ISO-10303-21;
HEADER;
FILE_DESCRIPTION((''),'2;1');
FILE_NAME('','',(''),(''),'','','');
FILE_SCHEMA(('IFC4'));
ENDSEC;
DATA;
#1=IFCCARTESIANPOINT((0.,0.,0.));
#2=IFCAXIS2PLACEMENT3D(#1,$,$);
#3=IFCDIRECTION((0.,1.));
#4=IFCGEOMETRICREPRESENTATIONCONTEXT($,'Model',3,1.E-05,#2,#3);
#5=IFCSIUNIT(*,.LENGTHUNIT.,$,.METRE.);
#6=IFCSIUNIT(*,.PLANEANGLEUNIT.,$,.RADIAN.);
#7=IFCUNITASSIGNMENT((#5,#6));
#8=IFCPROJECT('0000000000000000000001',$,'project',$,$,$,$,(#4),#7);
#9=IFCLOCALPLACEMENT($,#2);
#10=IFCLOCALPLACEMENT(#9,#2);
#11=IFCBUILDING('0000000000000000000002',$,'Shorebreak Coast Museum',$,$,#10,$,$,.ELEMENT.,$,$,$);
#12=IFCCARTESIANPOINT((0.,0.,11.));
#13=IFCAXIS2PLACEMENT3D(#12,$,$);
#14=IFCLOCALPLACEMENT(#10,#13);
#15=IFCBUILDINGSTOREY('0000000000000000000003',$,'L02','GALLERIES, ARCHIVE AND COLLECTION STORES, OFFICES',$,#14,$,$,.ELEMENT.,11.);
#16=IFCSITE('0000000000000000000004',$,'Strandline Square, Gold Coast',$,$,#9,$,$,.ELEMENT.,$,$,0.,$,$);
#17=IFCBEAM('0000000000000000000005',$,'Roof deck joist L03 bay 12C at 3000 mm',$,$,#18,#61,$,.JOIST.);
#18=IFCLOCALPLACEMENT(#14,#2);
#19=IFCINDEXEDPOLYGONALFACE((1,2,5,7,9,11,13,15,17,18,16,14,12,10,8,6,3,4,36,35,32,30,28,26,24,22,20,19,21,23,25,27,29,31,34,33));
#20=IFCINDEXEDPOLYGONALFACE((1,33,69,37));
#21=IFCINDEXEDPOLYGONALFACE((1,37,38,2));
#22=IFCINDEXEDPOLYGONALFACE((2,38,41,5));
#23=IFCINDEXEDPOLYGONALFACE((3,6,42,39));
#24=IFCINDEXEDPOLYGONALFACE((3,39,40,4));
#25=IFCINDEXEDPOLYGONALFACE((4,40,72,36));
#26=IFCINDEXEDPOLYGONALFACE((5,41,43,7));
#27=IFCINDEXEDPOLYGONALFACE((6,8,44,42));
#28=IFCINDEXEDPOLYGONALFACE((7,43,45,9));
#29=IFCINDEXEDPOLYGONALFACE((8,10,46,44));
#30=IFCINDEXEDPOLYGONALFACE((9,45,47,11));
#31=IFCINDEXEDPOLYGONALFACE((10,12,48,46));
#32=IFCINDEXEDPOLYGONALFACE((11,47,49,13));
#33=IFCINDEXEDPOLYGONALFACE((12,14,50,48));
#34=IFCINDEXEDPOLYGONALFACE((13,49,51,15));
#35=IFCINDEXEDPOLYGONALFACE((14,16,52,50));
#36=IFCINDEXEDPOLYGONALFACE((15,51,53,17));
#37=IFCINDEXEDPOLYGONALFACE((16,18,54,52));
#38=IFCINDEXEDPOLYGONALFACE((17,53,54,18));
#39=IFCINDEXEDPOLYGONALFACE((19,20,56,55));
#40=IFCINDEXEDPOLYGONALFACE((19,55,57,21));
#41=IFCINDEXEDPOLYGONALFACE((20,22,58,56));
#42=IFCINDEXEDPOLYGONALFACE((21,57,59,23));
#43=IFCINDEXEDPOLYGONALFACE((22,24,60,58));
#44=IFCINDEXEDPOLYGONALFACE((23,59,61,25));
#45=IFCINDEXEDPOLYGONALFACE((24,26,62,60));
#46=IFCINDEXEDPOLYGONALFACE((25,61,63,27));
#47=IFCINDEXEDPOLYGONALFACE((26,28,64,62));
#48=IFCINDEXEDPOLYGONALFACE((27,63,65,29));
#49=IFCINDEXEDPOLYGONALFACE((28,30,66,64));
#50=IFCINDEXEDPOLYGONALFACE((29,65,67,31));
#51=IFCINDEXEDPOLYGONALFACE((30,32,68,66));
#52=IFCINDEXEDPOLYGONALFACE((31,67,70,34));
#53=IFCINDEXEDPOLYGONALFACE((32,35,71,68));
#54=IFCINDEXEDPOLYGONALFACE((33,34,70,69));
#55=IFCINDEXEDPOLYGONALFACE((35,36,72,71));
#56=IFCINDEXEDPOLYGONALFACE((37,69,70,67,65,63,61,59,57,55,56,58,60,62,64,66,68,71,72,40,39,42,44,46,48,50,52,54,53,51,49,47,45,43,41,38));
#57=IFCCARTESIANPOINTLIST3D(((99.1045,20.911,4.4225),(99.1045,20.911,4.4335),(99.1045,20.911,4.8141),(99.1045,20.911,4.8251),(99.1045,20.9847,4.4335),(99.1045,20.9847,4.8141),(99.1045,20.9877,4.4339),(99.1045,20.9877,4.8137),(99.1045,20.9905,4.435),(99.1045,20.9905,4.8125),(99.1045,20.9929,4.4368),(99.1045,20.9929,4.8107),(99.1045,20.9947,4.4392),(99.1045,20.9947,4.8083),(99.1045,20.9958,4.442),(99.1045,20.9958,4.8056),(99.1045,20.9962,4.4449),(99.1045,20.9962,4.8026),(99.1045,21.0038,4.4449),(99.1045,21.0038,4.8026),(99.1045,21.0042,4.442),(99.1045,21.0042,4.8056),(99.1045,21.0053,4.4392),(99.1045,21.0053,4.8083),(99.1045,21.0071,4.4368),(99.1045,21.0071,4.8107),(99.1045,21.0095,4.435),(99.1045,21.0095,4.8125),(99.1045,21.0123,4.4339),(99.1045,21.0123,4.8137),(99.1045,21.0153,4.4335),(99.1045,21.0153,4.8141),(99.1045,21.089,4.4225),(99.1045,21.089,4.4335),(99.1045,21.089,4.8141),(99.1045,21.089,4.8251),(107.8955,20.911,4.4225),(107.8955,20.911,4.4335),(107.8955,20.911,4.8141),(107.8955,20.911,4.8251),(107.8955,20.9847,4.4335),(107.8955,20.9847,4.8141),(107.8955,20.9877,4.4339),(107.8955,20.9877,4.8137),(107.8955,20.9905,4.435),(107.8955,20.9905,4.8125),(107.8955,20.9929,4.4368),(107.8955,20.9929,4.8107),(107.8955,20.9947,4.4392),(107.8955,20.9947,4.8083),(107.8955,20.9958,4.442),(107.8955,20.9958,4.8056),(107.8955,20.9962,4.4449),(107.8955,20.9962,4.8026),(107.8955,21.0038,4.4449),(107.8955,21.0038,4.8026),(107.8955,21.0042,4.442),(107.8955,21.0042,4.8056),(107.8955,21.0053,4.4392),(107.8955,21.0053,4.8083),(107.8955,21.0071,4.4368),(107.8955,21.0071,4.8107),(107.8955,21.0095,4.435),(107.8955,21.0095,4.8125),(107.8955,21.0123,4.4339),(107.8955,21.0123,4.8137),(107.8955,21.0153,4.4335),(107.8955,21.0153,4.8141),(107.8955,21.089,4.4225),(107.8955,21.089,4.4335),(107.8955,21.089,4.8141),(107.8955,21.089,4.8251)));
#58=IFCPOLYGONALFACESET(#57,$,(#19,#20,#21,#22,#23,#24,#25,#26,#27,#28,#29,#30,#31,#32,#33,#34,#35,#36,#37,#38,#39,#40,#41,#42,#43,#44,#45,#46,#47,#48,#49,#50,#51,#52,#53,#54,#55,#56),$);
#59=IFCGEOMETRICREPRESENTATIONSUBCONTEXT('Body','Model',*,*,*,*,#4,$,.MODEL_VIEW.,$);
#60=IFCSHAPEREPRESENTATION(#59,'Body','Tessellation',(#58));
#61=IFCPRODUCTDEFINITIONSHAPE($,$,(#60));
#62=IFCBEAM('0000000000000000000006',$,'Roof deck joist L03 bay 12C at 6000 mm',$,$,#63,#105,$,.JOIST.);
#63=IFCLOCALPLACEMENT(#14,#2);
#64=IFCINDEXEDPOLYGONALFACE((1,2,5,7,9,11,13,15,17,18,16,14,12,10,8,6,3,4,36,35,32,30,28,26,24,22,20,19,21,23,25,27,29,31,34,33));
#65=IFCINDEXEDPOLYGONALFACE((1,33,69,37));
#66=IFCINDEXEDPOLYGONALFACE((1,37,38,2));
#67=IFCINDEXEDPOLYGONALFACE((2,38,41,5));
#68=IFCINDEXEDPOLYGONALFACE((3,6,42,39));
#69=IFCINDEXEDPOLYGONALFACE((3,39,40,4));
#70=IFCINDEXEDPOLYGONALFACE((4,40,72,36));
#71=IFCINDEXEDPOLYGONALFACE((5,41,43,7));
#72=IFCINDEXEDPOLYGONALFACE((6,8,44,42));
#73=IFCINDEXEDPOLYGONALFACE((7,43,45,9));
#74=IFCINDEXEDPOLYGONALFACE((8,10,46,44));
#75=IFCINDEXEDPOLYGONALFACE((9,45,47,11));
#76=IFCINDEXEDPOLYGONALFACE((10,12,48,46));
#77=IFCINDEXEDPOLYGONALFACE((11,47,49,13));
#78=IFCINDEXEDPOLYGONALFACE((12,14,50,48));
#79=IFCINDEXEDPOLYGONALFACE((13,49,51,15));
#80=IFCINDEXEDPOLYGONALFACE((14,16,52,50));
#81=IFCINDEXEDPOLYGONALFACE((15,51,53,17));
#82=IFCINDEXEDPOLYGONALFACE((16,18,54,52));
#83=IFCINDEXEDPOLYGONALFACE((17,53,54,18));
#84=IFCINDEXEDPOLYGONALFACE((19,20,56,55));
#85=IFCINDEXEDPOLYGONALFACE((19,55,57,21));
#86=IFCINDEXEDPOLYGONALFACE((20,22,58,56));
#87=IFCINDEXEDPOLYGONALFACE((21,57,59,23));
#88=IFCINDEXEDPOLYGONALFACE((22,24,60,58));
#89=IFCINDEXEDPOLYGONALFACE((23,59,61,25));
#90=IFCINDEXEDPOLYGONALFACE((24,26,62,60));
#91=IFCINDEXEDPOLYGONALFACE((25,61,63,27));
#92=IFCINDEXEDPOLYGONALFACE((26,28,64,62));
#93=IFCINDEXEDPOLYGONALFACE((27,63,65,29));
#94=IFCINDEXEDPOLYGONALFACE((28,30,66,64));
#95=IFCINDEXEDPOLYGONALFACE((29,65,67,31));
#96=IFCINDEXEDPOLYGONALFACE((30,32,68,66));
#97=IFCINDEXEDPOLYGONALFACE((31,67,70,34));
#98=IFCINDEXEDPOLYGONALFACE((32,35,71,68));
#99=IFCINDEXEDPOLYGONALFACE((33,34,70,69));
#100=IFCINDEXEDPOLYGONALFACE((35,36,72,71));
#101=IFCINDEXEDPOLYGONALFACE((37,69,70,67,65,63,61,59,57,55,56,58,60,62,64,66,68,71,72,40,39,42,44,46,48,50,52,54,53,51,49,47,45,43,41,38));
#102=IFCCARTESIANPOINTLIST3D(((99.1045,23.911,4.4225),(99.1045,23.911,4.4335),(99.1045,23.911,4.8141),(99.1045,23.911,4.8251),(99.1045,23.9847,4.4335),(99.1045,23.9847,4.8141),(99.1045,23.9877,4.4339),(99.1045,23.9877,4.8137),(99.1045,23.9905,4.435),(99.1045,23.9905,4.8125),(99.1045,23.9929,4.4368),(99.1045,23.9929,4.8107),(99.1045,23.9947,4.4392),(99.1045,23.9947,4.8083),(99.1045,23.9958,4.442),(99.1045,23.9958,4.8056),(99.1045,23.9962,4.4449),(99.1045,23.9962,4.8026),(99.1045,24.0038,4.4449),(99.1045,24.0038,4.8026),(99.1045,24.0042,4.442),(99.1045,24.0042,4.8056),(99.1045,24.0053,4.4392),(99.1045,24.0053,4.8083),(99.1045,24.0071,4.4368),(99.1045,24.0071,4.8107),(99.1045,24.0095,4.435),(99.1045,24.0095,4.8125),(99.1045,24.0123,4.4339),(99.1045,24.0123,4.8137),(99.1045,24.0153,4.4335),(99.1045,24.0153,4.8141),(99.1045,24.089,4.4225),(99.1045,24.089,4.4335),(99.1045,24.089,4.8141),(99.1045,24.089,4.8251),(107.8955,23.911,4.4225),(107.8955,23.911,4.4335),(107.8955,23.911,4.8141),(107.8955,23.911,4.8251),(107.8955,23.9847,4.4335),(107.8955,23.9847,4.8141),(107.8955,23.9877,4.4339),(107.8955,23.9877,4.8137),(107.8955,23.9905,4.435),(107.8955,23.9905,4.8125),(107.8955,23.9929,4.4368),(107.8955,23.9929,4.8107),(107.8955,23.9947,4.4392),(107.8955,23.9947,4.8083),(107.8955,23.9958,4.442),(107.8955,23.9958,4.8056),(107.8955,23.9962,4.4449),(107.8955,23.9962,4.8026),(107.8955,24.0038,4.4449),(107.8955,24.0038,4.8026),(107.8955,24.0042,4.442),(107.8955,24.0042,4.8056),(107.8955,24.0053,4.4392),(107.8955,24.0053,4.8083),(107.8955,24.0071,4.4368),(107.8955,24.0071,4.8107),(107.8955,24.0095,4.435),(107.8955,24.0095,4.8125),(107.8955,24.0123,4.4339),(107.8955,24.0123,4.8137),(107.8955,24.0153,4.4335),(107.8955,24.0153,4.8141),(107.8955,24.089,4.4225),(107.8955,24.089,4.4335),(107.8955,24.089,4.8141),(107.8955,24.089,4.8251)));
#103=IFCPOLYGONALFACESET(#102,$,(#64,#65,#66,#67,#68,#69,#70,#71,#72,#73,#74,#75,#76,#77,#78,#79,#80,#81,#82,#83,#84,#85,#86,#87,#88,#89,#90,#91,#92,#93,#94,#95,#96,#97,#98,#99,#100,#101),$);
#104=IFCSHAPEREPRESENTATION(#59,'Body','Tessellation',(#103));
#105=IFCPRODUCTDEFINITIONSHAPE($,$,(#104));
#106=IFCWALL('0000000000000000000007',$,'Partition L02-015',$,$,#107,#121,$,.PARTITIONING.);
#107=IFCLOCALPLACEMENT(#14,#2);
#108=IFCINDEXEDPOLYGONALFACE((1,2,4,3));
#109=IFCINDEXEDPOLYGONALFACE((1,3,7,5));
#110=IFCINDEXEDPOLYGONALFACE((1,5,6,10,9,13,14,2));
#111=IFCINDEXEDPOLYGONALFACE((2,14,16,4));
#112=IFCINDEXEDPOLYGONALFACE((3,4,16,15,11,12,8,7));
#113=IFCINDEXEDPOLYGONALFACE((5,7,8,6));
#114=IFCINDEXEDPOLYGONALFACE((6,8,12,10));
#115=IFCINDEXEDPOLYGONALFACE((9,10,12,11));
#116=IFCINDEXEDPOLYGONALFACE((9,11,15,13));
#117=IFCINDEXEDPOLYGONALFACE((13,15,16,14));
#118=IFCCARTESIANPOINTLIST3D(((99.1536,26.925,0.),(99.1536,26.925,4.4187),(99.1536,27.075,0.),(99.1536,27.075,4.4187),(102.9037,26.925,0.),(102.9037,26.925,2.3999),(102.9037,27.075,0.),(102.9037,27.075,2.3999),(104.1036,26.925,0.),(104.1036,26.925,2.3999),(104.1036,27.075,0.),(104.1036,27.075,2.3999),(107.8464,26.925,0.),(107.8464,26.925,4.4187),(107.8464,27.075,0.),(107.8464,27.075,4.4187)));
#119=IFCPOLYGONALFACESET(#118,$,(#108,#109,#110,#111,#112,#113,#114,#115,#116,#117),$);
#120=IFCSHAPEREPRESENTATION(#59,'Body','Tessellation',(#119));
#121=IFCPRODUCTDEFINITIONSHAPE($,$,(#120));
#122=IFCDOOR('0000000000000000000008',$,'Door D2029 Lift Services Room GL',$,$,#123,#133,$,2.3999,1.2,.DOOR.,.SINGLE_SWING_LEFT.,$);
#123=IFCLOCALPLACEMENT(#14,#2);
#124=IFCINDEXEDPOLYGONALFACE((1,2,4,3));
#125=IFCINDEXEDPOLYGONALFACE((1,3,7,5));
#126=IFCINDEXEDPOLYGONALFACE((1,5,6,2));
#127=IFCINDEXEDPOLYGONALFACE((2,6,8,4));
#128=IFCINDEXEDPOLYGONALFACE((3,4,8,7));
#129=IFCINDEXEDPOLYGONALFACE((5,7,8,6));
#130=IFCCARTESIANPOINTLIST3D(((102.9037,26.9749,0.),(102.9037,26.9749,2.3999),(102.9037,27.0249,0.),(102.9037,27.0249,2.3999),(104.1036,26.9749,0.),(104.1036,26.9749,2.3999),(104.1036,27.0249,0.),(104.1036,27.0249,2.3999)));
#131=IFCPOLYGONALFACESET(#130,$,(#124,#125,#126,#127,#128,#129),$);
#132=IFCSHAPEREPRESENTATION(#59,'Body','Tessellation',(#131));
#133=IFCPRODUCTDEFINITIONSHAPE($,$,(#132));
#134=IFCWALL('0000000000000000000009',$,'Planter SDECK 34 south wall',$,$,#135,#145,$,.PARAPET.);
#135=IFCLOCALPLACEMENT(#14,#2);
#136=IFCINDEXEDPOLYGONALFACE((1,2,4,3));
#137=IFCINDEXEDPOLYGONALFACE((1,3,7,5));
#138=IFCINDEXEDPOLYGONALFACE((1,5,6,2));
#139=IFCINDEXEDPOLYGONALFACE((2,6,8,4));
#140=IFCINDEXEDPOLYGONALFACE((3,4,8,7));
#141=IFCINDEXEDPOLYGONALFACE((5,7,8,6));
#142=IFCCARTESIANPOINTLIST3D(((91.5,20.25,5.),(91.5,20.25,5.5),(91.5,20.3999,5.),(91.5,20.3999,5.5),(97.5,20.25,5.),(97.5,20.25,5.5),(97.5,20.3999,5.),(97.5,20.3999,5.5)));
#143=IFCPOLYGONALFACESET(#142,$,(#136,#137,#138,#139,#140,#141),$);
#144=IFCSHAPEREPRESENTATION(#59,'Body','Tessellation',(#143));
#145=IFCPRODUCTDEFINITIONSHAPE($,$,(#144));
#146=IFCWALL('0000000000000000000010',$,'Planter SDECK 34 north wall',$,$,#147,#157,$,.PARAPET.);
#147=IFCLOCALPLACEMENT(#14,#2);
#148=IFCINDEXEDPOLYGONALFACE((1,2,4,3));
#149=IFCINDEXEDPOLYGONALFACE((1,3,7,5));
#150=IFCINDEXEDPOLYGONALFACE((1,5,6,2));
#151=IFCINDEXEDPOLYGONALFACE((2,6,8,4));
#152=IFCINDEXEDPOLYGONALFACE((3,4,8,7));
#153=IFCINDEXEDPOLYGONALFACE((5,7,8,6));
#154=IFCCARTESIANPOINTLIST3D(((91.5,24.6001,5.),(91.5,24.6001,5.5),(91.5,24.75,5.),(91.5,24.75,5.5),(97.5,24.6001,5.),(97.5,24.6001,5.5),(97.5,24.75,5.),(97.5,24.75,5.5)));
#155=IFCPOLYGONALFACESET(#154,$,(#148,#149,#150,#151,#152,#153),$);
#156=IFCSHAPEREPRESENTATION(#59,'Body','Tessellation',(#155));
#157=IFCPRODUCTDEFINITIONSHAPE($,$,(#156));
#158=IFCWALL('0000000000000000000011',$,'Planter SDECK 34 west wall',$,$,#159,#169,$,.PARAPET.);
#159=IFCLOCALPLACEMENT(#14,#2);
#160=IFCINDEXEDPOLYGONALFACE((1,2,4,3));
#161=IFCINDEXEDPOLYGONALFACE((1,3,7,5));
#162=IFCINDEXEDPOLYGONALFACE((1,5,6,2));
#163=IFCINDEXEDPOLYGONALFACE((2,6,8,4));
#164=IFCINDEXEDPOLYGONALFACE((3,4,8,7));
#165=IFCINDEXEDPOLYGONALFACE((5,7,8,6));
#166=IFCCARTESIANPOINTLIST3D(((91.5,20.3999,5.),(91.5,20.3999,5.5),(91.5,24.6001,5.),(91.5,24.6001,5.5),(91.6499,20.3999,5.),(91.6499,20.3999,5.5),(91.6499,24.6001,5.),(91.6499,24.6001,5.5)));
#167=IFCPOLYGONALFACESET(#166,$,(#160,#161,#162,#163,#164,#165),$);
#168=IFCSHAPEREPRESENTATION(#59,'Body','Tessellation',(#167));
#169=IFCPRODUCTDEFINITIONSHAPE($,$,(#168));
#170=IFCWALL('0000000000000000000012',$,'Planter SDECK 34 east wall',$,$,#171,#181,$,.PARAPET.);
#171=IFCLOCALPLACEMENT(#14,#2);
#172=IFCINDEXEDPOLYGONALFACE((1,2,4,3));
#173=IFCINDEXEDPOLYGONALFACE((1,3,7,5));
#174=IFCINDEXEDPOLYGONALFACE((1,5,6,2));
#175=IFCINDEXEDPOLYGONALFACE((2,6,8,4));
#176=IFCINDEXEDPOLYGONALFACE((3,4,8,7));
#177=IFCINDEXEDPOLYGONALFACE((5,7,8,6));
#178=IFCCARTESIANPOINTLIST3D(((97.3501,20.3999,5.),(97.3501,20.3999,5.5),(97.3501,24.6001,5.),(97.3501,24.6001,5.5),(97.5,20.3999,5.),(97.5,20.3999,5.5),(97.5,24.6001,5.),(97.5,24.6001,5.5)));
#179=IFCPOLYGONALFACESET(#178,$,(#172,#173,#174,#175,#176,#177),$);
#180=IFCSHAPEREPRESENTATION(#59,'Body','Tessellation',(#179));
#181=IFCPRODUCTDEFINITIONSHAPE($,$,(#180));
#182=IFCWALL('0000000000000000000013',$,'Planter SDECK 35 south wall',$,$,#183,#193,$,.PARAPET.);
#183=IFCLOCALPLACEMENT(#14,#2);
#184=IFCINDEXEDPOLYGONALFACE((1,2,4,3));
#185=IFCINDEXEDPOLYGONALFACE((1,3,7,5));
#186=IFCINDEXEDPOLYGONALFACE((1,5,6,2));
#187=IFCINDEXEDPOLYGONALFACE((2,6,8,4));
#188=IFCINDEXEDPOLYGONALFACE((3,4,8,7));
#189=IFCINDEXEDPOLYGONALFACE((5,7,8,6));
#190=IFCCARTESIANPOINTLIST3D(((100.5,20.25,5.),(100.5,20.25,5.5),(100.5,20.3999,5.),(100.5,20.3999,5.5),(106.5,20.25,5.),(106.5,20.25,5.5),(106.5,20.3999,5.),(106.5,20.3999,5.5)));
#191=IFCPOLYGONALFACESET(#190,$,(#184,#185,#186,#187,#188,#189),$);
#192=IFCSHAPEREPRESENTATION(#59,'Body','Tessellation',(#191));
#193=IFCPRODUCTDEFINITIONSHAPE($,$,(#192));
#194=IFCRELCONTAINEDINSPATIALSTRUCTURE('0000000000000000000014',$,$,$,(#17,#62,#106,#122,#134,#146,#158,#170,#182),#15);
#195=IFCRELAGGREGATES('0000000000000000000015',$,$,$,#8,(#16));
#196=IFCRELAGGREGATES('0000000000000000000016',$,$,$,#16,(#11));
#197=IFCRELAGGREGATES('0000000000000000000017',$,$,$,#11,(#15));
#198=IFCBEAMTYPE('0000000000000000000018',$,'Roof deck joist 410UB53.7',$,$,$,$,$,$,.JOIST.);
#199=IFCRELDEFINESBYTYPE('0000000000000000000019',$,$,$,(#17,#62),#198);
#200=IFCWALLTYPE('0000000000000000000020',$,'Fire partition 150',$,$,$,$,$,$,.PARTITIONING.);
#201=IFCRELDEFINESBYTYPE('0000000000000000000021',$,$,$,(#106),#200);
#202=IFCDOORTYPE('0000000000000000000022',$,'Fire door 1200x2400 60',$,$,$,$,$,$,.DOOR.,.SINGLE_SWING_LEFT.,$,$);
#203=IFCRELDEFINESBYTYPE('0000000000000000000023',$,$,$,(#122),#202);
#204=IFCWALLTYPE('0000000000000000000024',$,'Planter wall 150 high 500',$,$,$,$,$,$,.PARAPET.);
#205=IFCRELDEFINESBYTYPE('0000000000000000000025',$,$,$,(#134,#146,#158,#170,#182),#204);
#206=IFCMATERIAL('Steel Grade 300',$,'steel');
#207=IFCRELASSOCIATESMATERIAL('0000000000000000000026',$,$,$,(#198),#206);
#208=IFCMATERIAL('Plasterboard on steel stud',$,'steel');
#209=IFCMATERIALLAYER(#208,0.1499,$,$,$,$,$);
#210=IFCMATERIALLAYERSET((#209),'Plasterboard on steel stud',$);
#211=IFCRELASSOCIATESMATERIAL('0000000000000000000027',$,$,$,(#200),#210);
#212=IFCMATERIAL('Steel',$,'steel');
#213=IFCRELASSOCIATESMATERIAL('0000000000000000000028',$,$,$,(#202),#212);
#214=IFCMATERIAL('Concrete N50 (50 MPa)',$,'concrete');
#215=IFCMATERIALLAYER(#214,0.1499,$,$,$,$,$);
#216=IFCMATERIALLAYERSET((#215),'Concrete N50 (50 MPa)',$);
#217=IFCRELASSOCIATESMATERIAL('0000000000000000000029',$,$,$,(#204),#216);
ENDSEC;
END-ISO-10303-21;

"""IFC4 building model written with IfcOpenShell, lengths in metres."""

from ifc_helpers import new_model, si_unit, direction, frame, frame_2d, origin, origin_2d, place, context, subcontext, project, spatial, rectangle, i_section, extrude, material, layer, layer_set, material_profile, profile_set, type_object, element, fill, save


model = new_model("IFC4")

# Units and contexts
model_context = context("Model", 3, precision=1e-05, world=origin(), true_north=direction((0.0, 1.0)))
body_context = subcontext(model_context, "Body", "Model", "MODEL_VIEW")
ifc_project = project(units=[si_unit("LENGTHUNIT", "METRE"), si_unit("PLANEANGLEUNIT", "RADIAN")], contexts=[model_context])

# Site, building, storey
site_placement = place(None, origin())
site = spatial("IfcSite", under=ifc_project, at=site_placement, Name="Strandline Square, Gold Coast", CompositionType="ELEMENT", RefElevation=0.0)
building_placement = place(site_placement, origin())
building = spatial("IfcBuilding", under=site, at=building_placement, Name="Shorebreak Coast Museum", CompositionType="ELEMENT")
storey_placement = place(building_placement, frame((0.0, 0.0, 11.0)))
storey = spatial("IfcBuildingStorey", under=building, at=storey_placement, Name="L02", Description="GALLERIES, ARCHIVE AND COLLECTION STORES, OFFICES", CompositionType="ELEMENT", Elevation=11.0)

# Beams
ifc_material_1 = material(Name="Steel Grade 300", Category="steel")
ifc_material_profile_1 = material_profile(ifc_material_1, i_section(OverallWidth=0.178, OverallDepth=0.4026, WebThickness=0.0076, FlangeThickness=0.011, FilletRadius=0.0115, at=origin_2d()), Name="410UB53.7")
ifc_profile_set_1 = profile_set([ifc_material_profile_1], Name="Steel Grade 300")
beam_type_1 = type_object("IfcBeamType", Name="Roof deck joist 410UB53.7", PredefinedType="JOIST", material=ifc_profile_set_1)
for number, where, z_axis, x_axis, name in (
    (1, (99.1045, 21.0, 4.6238), (1.0, 0.0, 0.0), (0.0, 1.0, 0.0), "Roof deck joist L03 bay 12C at 3000 mm"),
    (2, (99.1045, 24.0, 4.6238), (1.0, 0.0, 0.0), (0.0, 1.0, 0.0), "Roof deck joist L03 bay 12C at 6000 mm"),
):
    element("IfcBeam", number, at=place(storey_placement, frame(where, z_axis=z_axis, x_axis=x_axis)), inside=storey, type_object=beam_type_1, Name=name, PredefinedType="JOIST", context=body_context, shape_type="SweptSolid", body=[
        extrude(i_section(OverallWidth=0.178, OverallDepth=0.4026, WebThickness=0.0076, FlangeThickness=0.011, FilletRadius=0.0115, at=origin_2d()), origin(), (0.0, 0.0, 1.0), 8.791),
    ])

# Wall, opening, door
ifc_material_2 = material(Name="Plasterboard on steel stud", Category="steel")
ifc_layer_1 = layer(ifc_material_2, 0.1499)
ifc_layer_set_1 = layer_set([ifc_layer_1], Name="Plasterboard on steel stud")
wall_type_1 = type_object("IfcWallType", Name="Fire partition 150", PredefinedType="PARTITIONING", material=ifc_layer_set_1)
wall_1_placement = place(storey_placement, frame((99.1536, 27.0, 0.0), z_axis=(0.0, 0.0, 1.0), x_axis=(1.0, 0.0, 0.0)))
wall_1 = element("IfcWall", 3, at=wall_1_placement, inside=storey, type_object=wall_type_1, Name="Partition L02-015", PredefinedType="PARTITIONING", context=body_context, shape_type="SweptSolid", body=[
    extrude(rectangle(XDim=8.6929, YDim=0.1499, at=frame_2d((4.3464, 0.0))), origin(), (0.0, 0.0, 1.0), 4.4187),
])
opening_1_placement = place(wall_1_placement, frame((3.75, 0.0, 0.0)))
opening_1 = element("IfcOpeningElement", 4, at=opening_1_placement, cuts=wall_1, PredefinedType="OPENING", context=body_context, shape_type="SweptSolid", body=[
    extrude(rectangle(XDim=1.2, YDim=2.3999, at=frame_2d((0.6001, 1.2))), frame((0.0, 0.085, 0.0), z_axis=(0.0, -1.0, 0.0), x_axis=(1.0, 0.0, 0.0)), (0.0, 0.0, 1.0), 0.1699),
])
ifc_material_3 = material(Name="Steel", Category="steel")
door_type_1 = type_object("IfcDoorType", Name="Fire door 1200x2400 60", OperationType="SINGLE_SWING_LEFT", PredefinedType="DOOR", material=ifc_material_3)
door_1_placement = place(opening_1_placement, origin())
door_1 = element("IfcDoor", 5, at=door_1_placement, inside=storey, type_object=door_type_1, Name="Door D2029 Lift Services Room GL", OperationType="SINGLE_SWING_LEFT", OverallHeight=2.3999, OverallWidth=1.2, PredefinedType="DOOR", context=body_context, shape_type="SweptSolid", body=[
    extrude(rectangle(XDim=1.2, YDim=2.3999, at=frame_2d((0.6001, 1.2))), frame((0.0, 0.0249, 0.0), z_axis=(0.0, -1.0, 0.0), x_axis=(1.0, 0.0, 0.0)), (0.0, 0.0, 1.0), 0.05),
])
fill(opening_1, door_1)

# Walls
ifc_material_4 = material(Name="Concrete N50 (50 MPa)", Category="concrete")
ifc_layer_2 = layer(ifc_material_4, 0.1499)
ifc_layer_set_2 = layer_set([ifc_layer_2], Name="Concrete N50 (50 MPa)")
wall_type_2 = type_object("IfcWallType", Name="Planter wall 150 high 500", PredefinedType="PARAPET", material=ifc_layer_set_2)
for number, where, z_axis, x_axis, name in (
    (6, (91.5, 20.325, 5.0), (0.0, 0.0, 1.0), (1.0, 0.0, 0.0), "Planter SDECK 34 south wall"),
    (7, (91.5, 24.675, 5.0), (0.0, 0.0, 1.0), (1.0, 0.0, 0.0), "Planter SDECK 34 north wall"),
):
    element("IfcWall", number, at=place(storey_placement, frame(where, z_axis=z_axis, x_axis=x_axis)), inside=storey, type_object=wall_type_2, Name=name, PredefinedType="PARAPET", context=body_context, shape_type="SweptSolid", body=[
        extrude(rectangle(XDim=6.0, YDim=0.1499, at=frame_2d((3.0, 0.0))), origin(), (0.0, 0.0, 1.0), 0.5),
    ])
for number, where, z_axis, x_axis, name in (
    (8, (91.575, 20.3999, 5.0), (0.0, 0.0, 1.0), (0.0, 1.0, 0.0), "Planter SDECK 34 west wall"),
    (9, (97.425, 20.3999, 5.0), (0.0, 0.0, 1.0), (0.0, 1.0, 0.0), "Planter SDECK 34 east wall"),
):
    element("IfcWall", number, at=place(storey_placement, frame(where, z_axis=z_axis, x_axis=x_axis)), inside=storey, type_object=wall_type_2, Name=name, PredefinedType="PARAPET", context=body_context, shape_type="SweptSolid", body=[
        extrude(rectangle(XDim=4.2002, YDim=0.1499, at=frame_2d((2.1001, 0.0))), origin(), (0.0, 0.0, 1.0), 0.5),
    ])
wall_2_placement = place(storey_placement, frame((100.5, 20.325, 5.0), z_axis=(0.0, 0.0, 1.0), x_axis=(1.0, 0.0, 0.0)))
element("IfcWall", 10, at=wall_2_placement, inside=storey, type_object=wall_type_2, Name="Planter SDECK 35 south wall", PredefinedType="PARAPET", context=body_context, shape_type="SweptSolid", body=[
    extrude(rectangle(XDim=6.0, YDim=0.1499, at=frame_2d((3.0, 0.0))), origin(), (0.0, 0.0, 1.0), 0.5),
])

save(model, "model.ifc")
